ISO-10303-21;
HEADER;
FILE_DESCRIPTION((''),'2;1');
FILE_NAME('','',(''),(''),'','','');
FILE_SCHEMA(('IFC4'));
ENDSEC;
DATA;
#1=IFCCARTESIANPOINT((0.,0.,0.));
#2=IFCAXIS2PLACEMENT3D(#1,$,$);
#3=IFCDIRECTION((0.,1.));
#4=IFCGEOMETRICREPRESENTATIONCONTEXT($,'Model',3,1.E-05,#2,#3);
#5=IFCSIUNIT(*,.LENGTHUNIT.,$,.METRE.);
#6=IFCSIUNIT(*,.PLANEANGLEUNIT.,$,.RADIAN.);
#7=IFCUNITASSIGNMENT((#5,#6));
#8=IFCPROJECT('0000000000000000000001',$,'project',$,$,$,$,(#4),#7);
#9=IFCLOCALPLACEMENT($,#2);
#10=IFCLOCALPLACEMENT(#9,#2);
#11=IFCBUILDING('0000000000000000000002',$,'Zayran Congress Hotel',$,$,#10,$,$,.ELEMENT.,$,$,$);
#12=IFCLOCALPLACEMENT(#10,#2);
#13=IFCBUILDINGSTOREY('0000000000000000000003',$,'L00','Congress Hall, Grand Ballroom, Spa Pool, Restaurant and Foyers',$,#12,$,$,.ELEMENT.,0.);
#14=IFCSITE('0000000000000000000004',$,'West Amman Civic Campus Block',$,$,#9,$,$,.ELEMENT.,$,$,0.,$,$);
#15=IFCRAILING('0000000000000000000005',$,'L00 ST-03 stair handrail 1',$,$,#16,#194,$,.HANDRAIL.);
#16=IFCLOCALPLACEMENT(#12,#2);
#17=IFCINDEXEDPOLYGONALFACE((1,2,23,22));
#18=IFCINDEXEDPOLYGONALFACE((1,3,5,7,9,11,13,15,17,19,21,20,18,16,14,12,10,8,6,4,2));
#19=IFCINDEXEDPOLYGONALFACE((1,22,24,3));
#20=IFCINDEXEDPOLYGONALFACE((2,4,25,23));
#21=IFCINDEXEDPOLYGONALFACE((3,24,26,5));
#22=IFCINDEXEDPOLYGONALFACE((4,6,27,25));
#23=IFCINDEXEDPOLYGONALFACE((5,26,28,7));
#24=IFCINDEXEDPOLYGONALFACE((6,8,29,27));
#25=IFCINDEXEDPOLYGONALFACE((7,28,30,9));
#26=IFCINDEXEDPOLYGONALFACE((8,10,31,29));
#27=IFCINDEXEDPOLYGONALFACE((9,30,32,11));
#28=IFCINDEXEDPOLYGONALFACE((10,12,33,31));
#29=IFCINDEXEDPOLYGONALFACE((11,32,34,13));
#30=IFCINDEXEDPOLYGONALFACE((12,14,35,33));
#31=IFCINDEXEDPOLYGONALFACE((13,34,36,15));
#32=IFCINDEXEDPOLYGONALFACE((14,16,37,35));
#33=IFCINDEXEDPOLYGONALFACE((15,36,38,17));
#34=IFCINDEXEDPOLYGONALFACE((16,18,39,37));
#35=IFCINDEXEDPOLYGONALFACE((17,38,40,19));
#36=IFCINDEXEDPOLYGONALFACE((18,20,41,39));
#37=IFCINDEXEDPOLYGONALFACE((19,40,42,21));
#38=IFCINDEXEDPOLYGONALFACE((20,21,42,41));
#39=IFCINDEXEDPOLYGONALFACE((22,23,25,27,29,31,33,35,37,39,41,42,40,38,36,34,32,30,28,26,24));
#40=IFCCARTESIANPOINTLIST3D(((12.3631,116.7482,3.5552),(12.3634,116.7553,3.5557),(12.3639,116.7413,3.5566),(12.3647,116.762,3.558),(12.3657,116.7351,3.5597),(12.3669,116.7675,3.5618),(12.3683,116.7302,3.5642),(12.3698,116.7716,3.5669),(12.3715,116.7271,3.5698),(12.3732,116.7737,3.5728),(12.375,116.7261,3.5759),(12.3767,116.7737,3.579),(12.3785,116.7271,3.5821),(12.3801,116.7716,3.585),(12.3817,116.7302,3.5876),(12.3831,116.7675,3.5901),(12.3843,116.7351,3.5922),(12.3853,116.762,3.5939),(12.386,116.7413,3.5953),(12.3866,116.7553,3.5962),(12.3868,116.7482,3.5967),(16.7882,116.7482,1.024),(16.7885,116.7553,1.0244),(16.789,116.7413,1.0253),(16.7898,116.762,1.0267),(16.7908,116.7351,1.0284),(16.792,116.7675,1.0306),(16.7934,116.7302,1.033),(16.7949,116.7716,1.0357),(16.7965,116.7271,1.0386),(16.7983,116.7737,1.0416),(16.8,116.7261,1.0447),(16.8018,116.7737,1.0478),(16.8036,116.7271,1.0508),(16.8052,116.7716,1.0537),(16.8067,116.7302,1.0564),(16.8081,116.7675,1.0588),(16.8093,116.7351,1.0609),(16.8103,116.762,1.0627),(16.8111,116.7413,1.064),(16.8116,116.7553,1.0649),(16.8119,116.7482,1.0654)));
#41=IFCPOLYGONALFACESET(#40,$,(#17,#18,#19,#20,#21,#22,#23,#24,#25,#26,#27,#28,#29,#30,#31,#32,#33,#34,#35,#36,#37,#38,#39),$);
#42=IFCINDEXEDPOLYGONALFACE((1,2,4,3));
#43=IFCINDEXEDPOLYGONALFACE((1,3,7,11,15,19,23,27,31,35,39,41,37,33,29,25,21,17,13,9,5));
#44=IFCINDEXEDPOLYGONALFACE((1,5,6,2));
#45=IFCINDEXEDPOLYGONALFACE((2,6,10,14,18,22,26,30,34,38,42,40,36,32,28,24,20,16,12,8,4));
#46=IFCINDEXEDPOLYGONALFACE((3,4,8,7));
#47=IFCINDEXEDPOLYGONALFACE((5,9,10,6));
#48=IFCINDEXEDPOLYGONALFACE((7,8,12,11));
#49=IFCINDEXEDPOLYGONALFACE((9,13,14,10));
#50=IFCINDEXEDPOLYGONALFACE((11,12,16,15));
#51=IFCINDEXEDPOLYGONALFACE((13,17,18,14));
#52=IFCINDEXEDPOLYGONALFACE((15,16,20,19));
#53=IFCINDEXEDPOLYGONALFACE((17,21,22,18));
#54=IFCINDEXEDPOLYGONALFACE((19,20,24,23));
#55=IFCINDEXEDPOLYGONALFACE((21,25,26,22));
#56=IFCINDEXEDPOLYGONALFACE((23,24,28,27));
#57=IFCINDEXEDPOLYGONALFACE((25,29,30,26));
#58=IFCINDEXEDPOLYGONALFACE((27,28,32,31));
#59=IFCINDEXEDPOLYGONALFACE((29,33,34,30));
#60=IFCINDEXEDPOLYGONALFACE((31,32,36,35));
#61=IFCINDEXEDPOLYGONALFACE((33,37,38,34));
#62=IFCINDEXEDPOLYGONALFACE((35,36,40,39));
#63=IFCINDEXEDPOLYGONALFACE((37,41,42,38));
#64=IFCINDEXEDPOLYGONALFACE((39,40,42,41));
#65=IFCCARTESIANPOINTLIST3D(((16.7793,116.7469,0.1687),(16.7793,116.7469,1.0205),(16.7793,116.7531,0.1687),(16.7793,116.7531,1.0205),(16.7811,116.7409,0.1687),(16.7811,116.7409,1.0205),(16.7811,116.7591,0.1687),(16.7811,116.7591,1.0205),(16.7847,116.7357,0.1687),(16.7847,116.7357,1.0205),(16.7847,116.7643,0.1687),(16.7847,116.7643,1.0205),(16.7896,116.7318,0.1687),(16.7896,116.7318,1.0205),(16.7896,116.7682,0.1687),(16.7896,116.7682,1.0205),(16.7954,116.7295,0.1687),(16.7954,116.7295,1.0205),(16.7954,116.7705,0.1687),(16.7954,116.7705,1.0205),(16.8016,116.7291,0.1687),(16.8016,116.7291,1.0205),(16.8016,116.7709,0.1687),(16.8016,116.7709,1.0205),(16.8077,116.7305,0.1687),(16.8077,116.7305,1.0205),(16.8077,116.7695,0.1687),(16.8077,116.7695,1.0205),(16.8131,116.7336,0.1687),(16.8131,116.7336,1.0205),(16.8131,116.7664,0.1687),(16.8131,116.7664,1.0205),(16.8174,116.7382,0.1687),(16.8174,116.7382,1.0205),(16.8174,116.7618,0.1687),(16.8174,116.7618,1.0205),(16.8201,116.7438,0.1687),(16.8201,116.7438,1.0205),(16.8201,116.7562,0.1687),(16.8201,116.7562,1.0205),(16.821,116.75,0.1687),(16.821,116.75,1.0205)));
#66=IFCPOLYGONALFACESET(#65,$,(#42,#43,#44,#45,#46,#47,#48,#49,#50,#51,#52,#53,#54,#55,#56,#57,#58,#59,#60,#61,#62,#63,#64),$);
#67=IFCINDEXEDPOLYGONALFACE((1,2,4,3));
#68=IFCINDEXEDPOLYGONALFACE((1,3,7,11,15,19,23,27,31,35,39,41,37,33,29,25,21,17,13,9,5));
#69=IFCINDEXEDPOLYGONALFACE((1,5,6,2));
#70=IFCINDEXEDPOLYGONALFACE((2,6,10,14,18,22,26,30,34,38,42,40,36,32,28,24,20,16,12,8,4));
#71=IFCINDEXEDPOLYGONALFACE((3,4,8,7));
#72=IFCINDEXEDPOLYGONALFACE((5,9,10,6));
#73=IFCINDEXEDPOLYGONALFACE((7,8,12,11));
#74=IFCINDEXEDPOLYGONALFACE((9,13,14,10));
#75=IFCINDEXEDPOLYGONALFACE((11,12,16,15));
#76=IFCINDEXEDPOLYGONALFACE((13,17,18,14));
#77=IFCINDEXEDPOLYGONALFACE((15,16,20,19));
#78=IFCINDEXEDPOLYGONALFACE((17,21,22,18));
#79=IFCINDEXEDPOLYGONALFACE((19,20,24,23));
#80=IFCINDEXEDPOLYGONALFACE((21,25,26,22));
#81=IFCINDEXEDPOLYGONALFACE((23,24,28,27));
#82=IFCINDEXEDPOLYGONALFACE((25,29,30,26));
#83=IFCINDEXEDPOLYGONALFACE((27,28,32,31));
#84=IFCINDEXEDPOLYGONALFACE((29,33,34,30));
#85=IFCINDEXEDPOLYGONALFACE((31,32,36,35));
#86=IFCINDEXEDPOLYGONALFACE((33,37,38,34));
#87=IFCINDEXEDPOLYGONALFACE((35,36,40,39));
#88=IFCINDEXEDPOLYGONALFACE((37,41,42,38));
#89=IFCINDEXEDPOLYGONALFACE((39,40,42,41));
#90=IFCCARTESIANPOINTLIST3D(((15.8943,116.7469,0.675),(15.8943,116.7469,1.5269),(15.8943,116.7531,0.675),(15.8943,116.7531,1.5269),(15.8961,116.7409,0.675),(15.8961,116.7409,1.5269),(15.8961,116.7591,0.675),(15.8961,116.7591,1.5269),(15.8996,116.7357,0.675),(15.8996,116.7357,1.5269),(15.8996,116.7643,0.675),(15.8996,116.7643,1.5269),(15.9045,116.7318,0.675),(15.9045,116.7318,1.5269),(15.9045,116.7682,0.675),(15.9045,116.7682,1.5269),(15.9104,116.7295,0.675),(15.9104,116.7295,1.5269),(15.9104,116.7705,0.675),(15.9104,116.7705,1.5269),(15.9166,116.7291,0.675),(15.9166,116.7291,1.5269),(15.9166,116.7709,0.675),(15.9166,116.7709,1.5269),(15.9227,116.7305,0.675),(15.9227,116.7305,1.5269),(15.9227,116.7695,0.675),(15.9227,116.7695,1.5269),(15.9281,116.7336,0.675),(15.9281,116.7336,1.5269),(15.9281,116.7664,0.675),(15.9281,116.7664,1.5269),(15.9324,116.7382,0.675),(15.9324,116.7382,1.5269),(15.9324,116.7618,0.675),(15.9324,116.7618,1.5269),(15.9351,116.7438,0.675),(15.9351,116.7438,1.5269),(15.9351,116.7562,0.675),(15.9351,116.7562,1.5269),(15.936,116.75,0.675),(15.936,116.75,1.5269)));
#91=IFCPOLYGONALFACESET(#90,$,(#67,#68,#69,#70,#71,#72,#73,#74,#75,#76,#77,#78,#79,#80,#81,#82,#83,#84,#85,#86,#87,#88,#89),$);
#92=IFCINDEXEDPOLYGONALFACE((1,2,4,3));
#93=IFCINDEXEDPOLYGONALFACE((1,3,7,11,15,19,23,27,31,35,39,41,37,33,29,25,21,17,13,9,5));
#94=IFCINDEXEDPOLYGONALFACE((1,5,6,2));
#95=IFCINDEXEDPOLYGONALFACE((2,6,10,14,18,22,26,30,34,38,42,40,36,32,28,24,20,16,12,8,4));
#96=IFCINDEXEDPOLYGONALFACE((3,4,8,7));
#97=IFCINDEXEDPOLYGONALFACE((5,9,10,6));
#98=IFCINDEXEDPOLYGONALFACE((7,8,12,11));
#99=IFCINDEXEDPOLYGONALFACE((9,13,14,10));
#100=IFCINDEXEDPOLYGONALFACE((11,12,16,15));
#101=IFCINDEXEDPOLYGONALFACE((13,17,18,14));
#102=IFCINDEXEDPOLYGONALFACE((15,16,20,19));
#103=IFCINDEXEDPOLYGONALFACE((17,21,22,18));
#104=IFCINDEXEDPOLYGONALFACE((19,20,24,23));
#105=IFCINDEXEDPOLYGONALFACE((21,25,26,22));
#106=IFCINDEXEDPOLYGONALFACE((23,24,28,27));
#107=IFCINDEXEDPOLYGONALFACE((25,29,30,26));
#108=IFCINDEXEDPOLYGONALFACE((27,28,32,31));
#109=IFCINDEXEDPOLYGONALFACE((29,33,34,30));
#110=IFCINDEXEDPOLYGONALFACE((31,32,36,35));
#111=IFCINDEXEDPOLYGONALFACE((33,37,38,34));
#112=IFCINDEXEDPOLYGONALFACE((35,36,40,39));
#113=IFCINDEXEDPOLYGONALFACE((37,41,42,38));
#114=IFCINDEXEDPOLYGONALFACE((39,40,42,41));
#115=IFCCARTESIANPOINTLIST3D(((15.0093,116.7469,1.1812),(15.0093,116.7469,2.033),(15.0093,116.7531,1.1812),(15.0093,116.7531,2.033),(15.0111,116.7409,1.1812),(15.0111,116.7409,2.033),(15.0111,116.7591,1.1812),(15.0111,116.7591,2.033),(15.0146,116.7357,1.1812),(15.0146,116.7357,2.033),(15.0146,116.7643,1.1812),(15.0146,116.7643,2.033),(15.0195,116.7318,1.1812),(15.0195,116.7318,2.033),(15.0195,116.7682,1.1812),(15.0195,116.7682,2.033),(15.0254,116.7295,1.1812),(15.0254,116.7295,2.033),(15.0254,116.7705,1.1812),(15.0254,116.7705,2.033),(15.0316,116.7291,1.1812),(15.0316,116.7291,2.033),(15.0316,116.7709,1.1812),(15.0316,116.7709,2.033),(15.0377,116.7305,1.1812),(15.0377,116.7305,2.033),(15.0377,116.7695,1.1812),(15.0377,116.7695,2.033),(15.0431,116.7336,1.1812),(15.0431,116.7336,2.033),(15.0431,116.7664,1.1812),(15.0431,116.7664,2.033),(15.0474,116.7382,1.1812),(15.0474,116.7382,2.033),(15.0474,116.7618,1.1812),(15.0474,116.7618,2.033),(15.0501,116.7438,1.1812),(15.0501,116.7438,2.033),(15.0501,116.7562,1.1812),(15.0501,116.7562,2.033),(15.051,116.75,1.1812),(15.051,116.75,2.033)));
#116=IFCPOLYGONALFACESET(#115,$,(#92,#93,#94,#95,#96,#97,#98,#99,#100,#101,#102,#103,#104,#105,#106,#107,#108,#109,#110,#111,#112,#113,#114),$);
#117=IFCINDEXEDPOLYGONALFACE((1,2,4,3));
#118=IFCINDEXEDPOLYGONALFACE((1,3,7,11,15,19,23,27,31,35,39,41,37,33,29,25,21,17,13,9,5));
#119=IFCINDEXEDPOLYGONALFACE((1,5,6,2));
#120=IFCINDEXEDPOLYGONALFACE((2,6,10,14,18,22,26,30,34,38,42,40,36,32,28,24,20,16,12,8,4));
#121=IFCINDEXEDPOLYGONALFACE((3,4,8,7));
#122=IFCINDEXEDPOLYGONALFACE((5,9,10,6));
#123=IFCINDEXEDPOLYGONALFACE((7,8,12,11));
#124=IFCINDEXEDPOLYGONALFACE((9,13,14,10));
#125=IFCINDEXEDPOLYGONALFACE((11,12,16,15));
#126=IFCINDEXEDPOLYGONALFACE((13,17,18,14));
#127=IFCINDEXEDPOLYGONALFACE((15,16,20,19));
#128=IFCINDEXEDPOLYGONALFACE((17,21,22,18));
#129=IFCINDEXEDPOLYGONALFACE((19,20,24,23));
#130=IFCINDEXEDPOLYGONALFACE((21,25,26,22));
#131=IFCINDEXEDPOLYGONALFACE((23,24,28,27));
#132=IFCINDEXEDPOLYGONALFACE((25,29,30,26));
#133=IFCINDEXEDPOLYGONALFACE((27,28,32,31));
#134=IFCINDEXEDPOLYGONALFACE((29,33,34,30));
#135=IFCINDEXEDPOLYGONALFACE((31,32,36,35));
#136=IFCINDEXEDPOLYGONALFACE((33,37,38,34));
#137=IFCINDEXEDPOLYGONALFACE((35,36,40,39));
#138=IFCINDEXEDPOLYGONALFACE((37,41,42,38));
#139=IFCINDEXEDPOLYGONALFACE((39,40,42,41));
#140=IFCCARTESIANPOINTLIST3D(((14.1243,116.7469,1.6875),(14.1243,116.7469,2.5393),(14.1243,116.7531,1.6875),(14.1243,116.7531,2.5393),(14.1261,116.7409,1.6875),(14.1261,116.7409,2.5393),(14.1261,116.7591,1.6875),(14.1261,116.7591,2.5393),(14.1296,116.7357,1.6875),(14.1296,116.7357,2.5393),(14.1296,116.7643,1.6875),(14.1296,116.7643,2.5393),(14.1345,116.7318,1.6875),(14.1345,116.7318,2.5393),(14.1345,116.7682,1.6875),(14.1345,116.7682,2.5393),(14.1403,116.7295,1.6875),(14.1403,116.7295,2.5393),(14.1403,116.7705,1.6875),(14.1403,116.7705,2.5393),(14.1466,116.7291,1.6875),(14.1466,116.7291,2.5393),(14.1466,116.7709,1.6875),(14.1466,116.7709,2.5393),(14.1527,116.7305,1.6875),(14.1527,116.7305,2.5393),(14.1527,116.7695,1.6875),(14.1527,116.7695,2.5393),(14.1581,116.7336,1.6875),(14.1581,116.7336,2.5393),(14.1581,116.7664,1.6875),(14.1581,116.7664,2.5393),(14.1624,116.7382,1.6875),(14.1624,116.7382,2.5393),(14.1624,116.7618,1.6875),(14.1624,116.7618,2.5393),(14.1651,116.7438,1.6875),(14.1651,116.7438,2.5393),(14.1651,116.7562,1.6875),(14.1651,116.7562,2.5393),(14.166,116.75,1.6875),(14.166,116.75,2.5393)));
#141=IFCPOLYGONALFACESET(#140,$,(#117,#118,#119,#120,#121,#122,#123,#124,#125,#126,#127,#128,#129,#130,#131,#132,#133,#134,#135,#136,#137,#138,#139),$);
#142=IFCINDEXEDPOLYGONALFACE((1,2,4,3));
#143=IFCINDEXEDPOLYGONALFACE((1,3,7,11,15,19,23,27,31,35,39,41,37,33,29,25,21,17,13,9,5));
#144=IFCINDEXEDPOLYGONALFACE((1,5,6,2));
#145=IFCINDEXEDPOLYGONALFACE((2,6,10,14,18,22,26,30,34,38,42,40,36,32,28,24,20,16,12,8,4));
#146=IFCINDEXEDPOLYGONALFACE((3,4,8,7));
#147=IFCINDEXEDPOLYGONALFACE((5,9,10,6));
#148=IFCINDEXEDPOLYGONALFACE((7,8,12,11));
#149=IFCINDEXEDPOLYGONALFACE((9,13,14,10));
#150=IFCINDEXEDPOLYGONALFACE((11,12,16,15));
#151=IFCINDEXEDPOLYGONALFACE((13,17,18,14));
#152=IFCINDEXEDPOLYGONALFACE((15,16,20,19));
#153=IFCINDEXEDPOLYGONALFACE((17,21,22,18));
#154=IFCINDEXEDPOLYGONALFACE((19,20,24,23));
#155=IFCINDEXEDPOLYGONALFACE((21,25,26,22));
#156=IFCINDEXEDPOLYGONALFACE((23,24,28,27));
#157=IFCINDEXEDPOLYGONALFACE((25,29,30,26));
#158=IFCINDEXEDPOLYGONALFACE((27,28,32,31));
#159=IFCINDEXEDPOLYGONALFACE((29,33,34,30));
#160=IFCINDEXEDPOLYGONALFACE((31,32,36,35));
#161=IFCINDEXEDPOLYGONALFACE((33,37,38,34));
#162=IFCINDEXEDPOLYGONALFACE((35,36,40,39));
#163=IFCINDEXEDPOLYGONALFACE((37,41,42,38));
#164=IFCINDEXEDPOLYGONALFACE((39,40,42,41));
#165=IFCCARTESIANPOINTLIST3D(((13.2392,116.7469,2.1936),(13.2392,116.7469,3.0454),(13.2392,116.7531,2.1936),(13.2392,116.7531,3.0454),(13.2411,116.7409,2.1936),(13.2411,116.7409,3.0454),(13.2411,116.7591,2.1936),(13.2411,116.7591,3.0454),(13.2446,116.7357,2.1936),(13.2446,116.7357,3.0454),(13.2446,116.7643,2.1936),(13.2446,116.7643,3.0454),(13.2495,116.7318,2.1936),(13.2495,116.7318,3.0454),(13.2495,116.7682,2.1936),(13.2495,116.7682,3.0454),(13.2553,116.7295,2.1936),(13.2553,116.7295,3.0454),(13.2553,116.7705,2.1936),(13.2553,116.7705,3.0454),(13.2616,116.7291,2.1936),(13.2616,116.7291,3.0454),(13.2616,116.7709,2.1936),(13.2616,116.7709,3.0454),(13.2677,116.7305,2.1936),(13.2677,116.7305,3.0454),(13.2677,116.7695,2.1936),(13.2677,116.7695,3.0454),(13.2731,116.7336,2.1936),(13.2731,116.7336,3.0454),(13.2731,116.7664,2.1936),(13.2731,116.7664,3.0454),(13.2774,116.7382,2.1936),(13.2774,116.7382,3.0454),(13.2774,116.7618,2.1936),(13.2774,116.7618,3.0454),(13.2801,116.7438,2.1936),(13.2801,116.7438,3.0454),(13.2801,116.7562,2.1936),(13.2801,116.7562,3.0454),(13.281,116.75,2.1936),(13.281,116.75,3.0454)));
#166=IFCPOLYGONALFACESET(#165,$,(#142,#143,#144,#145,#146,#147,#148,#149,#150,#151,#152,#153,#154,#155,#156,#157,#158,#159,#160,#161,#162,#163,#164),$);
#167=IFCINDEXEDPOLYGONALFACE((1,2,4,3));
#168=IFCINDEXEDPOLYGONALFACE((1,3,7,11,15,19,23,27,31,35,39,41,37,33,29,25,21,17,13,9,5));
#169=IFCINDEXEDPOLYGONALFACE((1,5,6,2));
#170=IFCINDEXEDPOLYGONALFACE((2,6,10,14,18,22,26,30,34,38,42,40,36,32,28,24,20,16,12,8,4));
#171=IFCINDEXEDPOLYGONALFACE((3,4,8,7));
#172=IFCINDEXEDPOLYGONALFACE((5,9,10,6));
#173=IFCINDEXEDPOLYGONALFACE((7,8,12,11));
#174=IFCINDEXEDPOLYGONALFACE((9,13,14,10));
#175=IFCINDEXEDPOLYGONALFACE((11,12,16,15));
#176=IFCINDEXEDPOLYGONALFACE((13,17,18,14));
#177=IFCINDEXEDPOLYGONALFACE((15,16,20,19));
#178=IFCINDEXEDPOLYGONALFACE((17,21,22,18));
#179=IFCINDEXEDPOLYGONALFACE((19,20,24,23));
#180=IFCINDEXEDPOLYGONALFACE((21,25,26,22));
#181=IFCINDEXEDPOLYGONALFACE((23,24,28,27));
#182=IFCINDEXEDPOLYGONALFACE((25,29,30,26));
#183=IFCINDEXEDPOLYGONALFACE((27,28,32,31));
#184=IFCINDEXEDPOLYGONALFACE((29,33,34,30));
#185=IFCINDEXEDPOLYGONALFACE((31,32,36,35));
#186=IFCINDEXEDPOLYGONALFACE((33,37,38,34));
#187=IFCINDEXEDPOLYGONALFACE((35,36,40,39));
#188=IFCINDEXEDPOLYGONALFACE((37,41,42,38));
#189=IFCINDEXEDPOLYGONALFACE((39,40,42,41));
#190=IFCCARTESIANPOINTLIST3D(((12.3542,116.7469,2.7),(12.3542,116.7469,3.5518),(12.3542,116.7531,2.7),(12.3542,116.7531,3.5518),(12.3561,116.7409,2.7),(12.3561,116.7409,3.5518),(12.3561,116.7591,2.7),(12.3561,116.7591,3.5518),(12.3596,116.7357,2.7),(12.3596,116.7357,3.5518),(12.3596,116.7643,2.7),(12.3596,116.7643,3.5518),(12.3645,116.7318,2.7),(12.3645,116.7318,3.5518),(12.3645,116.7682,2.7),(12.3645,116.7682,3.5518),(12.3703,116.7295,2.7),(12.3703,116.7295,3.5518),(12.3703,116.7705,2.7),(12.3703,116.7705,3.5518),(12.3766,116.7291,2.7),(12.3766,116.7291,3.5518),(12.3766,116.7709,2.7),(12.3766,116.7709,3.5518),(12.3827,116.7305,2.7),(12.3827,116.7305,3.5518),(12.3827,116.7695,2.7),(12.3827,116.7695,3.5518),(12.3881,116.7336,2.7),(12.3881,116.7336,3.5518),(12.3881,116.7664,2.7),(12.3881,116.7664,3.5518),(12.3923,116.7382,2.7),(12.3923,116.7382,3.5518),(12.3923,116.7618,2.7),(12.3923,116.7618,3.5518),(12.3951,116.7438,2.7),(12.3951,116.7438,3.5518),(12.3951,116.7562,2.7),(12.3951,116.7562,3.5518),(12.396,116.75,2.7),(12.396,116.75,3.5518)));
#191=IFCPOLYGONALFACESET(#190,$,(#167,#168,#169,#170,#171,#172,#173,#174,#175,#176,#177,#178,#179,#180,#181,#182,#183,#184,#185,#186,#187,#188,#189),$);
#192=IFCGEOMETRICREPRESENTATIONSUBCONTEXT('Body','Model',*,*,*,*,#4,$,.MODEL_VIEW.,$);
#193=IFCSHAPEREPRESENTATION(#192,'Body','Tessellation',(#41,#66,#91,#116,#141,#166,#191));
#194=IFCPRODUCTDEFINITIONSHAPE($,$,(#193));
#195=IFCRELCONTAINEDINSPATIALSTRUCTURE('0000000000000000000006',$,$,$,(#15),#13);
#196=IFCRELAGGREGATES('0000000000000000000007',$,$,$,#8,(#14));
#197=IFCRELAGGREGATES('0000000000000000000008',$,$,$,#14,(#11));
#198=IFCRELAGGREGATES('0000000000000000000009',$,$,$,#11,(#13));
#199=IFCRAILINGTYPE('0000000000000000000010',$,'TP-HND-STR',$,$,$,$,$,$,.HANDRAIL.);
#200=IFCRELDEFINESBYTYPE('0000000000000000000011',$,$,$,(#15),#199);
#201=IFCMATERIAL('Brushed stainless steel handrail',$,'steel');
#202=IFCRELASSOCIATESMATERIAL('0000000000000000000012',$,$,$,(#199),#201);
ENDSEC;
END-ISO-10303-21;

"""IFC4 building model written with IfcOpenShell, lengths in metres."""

from ifc_helpers import new_model, si_unit, direction, frame, origin, origin_2d, place, context, subcontext, project, spatial, circle, extrude, material, type_object, element, save


model = new_model("IFC4")

# Units and contexts
model_context = context("Model", 3, precision=1e-05, world=origin(), true_north=direction((0.0, 1.0)))
body_context = subcontext(model_context, "Body", "Model", "MODEL_VIEW")
ifc_project = project(units=[si_unit("LENGTHUNIT", "METRE"), si_unit("PLANEANGLEUNIT", "RADIAN")], contexts=[model_context])

# Site, building, storey
site_placement = place(None, origin())
site = spatial("IfcSite", under=ifc_project, at=site_placement, Name="West Amman Civic Campus Block", CompositionType="ELEMENT", RefElevation=0.0)
building_placement = place(site_placement, origin())
building = spatial("IfcBuilding", under=site, at=building_placement, Name="Zayran Congress Hotel", CompositionType="ELEMENT")
storey_placement = place(building_placement, origin())
storey = spatial("IfcBuildingStorey", under=building, at=storey_placement, Name="L00", Description="Congress Hall, Grand Ballroom, Spa Pool, Restaurant and Foyers", CompositionType="ELEMENT", Elevation=0.0)

# Railing
ifc_material_1 = material(Name="Brushed stainless steel handrail", Category="steel")
railing_type_1 = type_object("IfcRailingType", Name="TP-HND-STR", PredefinedType="HANDRAIL", material=ifc_material_1)
railing_1_placement = place(storey_placement, frame((16.8, 116.75, 0.1687)))
element("IfcRailing", 1, at=railing_1_placement, inside=storey, type_object=railing_type_1, Name="L00 ST-03 stair handrail 1", PredefinedType="HANDRAIL", context=body_context, shape_type="SweptSolid", body=[
    extrude(circle(Radius=0.0239, at=origin_2d()), frame((0.0, 0.0, 0.876), z_axis=(-0.868019, 0.0, 0.496531), x_axis=(0.0, -1.0, 0.0)), (0.0, 0.0, 1.0), 5.0979),
    extrude(circle(Radius=0.021, at=origin_2d()), origin(), (0.0, 0.0, 1.0), 0.8518),
    extrude(circle(Radius=0.021, at=origin_2d()), frame((-0.885, 0.0, 0.5063)), (0.0, 0.0, 1.0), 0.8518),
    extrude(circle(Radius=0.021, at=origin_2d()), frame((-1.77, 0.0, 1.0125)), (0.0, 0.0, 1.0), 0.8518),
    extrude(circle(Radius=0.021, at=origin_2d()), frame((-2.655, 0.0, 1.5188)), (0.0, 0.0, 1.0), 0.8518),
    extrude(circle(Radius=0.021, at=origin_2d()), frame((-3.54, 0.0, 2.0249)), (0.0, 0.0, 1.0), 0.8518),
    extrude(circle(Radius=0.021, at=origin_2d()), frame((-4.425, 0.0, 2.5312)), (0.0, 0.0, 1.0), 0.8518),
])

save(model, "model.ifc")
